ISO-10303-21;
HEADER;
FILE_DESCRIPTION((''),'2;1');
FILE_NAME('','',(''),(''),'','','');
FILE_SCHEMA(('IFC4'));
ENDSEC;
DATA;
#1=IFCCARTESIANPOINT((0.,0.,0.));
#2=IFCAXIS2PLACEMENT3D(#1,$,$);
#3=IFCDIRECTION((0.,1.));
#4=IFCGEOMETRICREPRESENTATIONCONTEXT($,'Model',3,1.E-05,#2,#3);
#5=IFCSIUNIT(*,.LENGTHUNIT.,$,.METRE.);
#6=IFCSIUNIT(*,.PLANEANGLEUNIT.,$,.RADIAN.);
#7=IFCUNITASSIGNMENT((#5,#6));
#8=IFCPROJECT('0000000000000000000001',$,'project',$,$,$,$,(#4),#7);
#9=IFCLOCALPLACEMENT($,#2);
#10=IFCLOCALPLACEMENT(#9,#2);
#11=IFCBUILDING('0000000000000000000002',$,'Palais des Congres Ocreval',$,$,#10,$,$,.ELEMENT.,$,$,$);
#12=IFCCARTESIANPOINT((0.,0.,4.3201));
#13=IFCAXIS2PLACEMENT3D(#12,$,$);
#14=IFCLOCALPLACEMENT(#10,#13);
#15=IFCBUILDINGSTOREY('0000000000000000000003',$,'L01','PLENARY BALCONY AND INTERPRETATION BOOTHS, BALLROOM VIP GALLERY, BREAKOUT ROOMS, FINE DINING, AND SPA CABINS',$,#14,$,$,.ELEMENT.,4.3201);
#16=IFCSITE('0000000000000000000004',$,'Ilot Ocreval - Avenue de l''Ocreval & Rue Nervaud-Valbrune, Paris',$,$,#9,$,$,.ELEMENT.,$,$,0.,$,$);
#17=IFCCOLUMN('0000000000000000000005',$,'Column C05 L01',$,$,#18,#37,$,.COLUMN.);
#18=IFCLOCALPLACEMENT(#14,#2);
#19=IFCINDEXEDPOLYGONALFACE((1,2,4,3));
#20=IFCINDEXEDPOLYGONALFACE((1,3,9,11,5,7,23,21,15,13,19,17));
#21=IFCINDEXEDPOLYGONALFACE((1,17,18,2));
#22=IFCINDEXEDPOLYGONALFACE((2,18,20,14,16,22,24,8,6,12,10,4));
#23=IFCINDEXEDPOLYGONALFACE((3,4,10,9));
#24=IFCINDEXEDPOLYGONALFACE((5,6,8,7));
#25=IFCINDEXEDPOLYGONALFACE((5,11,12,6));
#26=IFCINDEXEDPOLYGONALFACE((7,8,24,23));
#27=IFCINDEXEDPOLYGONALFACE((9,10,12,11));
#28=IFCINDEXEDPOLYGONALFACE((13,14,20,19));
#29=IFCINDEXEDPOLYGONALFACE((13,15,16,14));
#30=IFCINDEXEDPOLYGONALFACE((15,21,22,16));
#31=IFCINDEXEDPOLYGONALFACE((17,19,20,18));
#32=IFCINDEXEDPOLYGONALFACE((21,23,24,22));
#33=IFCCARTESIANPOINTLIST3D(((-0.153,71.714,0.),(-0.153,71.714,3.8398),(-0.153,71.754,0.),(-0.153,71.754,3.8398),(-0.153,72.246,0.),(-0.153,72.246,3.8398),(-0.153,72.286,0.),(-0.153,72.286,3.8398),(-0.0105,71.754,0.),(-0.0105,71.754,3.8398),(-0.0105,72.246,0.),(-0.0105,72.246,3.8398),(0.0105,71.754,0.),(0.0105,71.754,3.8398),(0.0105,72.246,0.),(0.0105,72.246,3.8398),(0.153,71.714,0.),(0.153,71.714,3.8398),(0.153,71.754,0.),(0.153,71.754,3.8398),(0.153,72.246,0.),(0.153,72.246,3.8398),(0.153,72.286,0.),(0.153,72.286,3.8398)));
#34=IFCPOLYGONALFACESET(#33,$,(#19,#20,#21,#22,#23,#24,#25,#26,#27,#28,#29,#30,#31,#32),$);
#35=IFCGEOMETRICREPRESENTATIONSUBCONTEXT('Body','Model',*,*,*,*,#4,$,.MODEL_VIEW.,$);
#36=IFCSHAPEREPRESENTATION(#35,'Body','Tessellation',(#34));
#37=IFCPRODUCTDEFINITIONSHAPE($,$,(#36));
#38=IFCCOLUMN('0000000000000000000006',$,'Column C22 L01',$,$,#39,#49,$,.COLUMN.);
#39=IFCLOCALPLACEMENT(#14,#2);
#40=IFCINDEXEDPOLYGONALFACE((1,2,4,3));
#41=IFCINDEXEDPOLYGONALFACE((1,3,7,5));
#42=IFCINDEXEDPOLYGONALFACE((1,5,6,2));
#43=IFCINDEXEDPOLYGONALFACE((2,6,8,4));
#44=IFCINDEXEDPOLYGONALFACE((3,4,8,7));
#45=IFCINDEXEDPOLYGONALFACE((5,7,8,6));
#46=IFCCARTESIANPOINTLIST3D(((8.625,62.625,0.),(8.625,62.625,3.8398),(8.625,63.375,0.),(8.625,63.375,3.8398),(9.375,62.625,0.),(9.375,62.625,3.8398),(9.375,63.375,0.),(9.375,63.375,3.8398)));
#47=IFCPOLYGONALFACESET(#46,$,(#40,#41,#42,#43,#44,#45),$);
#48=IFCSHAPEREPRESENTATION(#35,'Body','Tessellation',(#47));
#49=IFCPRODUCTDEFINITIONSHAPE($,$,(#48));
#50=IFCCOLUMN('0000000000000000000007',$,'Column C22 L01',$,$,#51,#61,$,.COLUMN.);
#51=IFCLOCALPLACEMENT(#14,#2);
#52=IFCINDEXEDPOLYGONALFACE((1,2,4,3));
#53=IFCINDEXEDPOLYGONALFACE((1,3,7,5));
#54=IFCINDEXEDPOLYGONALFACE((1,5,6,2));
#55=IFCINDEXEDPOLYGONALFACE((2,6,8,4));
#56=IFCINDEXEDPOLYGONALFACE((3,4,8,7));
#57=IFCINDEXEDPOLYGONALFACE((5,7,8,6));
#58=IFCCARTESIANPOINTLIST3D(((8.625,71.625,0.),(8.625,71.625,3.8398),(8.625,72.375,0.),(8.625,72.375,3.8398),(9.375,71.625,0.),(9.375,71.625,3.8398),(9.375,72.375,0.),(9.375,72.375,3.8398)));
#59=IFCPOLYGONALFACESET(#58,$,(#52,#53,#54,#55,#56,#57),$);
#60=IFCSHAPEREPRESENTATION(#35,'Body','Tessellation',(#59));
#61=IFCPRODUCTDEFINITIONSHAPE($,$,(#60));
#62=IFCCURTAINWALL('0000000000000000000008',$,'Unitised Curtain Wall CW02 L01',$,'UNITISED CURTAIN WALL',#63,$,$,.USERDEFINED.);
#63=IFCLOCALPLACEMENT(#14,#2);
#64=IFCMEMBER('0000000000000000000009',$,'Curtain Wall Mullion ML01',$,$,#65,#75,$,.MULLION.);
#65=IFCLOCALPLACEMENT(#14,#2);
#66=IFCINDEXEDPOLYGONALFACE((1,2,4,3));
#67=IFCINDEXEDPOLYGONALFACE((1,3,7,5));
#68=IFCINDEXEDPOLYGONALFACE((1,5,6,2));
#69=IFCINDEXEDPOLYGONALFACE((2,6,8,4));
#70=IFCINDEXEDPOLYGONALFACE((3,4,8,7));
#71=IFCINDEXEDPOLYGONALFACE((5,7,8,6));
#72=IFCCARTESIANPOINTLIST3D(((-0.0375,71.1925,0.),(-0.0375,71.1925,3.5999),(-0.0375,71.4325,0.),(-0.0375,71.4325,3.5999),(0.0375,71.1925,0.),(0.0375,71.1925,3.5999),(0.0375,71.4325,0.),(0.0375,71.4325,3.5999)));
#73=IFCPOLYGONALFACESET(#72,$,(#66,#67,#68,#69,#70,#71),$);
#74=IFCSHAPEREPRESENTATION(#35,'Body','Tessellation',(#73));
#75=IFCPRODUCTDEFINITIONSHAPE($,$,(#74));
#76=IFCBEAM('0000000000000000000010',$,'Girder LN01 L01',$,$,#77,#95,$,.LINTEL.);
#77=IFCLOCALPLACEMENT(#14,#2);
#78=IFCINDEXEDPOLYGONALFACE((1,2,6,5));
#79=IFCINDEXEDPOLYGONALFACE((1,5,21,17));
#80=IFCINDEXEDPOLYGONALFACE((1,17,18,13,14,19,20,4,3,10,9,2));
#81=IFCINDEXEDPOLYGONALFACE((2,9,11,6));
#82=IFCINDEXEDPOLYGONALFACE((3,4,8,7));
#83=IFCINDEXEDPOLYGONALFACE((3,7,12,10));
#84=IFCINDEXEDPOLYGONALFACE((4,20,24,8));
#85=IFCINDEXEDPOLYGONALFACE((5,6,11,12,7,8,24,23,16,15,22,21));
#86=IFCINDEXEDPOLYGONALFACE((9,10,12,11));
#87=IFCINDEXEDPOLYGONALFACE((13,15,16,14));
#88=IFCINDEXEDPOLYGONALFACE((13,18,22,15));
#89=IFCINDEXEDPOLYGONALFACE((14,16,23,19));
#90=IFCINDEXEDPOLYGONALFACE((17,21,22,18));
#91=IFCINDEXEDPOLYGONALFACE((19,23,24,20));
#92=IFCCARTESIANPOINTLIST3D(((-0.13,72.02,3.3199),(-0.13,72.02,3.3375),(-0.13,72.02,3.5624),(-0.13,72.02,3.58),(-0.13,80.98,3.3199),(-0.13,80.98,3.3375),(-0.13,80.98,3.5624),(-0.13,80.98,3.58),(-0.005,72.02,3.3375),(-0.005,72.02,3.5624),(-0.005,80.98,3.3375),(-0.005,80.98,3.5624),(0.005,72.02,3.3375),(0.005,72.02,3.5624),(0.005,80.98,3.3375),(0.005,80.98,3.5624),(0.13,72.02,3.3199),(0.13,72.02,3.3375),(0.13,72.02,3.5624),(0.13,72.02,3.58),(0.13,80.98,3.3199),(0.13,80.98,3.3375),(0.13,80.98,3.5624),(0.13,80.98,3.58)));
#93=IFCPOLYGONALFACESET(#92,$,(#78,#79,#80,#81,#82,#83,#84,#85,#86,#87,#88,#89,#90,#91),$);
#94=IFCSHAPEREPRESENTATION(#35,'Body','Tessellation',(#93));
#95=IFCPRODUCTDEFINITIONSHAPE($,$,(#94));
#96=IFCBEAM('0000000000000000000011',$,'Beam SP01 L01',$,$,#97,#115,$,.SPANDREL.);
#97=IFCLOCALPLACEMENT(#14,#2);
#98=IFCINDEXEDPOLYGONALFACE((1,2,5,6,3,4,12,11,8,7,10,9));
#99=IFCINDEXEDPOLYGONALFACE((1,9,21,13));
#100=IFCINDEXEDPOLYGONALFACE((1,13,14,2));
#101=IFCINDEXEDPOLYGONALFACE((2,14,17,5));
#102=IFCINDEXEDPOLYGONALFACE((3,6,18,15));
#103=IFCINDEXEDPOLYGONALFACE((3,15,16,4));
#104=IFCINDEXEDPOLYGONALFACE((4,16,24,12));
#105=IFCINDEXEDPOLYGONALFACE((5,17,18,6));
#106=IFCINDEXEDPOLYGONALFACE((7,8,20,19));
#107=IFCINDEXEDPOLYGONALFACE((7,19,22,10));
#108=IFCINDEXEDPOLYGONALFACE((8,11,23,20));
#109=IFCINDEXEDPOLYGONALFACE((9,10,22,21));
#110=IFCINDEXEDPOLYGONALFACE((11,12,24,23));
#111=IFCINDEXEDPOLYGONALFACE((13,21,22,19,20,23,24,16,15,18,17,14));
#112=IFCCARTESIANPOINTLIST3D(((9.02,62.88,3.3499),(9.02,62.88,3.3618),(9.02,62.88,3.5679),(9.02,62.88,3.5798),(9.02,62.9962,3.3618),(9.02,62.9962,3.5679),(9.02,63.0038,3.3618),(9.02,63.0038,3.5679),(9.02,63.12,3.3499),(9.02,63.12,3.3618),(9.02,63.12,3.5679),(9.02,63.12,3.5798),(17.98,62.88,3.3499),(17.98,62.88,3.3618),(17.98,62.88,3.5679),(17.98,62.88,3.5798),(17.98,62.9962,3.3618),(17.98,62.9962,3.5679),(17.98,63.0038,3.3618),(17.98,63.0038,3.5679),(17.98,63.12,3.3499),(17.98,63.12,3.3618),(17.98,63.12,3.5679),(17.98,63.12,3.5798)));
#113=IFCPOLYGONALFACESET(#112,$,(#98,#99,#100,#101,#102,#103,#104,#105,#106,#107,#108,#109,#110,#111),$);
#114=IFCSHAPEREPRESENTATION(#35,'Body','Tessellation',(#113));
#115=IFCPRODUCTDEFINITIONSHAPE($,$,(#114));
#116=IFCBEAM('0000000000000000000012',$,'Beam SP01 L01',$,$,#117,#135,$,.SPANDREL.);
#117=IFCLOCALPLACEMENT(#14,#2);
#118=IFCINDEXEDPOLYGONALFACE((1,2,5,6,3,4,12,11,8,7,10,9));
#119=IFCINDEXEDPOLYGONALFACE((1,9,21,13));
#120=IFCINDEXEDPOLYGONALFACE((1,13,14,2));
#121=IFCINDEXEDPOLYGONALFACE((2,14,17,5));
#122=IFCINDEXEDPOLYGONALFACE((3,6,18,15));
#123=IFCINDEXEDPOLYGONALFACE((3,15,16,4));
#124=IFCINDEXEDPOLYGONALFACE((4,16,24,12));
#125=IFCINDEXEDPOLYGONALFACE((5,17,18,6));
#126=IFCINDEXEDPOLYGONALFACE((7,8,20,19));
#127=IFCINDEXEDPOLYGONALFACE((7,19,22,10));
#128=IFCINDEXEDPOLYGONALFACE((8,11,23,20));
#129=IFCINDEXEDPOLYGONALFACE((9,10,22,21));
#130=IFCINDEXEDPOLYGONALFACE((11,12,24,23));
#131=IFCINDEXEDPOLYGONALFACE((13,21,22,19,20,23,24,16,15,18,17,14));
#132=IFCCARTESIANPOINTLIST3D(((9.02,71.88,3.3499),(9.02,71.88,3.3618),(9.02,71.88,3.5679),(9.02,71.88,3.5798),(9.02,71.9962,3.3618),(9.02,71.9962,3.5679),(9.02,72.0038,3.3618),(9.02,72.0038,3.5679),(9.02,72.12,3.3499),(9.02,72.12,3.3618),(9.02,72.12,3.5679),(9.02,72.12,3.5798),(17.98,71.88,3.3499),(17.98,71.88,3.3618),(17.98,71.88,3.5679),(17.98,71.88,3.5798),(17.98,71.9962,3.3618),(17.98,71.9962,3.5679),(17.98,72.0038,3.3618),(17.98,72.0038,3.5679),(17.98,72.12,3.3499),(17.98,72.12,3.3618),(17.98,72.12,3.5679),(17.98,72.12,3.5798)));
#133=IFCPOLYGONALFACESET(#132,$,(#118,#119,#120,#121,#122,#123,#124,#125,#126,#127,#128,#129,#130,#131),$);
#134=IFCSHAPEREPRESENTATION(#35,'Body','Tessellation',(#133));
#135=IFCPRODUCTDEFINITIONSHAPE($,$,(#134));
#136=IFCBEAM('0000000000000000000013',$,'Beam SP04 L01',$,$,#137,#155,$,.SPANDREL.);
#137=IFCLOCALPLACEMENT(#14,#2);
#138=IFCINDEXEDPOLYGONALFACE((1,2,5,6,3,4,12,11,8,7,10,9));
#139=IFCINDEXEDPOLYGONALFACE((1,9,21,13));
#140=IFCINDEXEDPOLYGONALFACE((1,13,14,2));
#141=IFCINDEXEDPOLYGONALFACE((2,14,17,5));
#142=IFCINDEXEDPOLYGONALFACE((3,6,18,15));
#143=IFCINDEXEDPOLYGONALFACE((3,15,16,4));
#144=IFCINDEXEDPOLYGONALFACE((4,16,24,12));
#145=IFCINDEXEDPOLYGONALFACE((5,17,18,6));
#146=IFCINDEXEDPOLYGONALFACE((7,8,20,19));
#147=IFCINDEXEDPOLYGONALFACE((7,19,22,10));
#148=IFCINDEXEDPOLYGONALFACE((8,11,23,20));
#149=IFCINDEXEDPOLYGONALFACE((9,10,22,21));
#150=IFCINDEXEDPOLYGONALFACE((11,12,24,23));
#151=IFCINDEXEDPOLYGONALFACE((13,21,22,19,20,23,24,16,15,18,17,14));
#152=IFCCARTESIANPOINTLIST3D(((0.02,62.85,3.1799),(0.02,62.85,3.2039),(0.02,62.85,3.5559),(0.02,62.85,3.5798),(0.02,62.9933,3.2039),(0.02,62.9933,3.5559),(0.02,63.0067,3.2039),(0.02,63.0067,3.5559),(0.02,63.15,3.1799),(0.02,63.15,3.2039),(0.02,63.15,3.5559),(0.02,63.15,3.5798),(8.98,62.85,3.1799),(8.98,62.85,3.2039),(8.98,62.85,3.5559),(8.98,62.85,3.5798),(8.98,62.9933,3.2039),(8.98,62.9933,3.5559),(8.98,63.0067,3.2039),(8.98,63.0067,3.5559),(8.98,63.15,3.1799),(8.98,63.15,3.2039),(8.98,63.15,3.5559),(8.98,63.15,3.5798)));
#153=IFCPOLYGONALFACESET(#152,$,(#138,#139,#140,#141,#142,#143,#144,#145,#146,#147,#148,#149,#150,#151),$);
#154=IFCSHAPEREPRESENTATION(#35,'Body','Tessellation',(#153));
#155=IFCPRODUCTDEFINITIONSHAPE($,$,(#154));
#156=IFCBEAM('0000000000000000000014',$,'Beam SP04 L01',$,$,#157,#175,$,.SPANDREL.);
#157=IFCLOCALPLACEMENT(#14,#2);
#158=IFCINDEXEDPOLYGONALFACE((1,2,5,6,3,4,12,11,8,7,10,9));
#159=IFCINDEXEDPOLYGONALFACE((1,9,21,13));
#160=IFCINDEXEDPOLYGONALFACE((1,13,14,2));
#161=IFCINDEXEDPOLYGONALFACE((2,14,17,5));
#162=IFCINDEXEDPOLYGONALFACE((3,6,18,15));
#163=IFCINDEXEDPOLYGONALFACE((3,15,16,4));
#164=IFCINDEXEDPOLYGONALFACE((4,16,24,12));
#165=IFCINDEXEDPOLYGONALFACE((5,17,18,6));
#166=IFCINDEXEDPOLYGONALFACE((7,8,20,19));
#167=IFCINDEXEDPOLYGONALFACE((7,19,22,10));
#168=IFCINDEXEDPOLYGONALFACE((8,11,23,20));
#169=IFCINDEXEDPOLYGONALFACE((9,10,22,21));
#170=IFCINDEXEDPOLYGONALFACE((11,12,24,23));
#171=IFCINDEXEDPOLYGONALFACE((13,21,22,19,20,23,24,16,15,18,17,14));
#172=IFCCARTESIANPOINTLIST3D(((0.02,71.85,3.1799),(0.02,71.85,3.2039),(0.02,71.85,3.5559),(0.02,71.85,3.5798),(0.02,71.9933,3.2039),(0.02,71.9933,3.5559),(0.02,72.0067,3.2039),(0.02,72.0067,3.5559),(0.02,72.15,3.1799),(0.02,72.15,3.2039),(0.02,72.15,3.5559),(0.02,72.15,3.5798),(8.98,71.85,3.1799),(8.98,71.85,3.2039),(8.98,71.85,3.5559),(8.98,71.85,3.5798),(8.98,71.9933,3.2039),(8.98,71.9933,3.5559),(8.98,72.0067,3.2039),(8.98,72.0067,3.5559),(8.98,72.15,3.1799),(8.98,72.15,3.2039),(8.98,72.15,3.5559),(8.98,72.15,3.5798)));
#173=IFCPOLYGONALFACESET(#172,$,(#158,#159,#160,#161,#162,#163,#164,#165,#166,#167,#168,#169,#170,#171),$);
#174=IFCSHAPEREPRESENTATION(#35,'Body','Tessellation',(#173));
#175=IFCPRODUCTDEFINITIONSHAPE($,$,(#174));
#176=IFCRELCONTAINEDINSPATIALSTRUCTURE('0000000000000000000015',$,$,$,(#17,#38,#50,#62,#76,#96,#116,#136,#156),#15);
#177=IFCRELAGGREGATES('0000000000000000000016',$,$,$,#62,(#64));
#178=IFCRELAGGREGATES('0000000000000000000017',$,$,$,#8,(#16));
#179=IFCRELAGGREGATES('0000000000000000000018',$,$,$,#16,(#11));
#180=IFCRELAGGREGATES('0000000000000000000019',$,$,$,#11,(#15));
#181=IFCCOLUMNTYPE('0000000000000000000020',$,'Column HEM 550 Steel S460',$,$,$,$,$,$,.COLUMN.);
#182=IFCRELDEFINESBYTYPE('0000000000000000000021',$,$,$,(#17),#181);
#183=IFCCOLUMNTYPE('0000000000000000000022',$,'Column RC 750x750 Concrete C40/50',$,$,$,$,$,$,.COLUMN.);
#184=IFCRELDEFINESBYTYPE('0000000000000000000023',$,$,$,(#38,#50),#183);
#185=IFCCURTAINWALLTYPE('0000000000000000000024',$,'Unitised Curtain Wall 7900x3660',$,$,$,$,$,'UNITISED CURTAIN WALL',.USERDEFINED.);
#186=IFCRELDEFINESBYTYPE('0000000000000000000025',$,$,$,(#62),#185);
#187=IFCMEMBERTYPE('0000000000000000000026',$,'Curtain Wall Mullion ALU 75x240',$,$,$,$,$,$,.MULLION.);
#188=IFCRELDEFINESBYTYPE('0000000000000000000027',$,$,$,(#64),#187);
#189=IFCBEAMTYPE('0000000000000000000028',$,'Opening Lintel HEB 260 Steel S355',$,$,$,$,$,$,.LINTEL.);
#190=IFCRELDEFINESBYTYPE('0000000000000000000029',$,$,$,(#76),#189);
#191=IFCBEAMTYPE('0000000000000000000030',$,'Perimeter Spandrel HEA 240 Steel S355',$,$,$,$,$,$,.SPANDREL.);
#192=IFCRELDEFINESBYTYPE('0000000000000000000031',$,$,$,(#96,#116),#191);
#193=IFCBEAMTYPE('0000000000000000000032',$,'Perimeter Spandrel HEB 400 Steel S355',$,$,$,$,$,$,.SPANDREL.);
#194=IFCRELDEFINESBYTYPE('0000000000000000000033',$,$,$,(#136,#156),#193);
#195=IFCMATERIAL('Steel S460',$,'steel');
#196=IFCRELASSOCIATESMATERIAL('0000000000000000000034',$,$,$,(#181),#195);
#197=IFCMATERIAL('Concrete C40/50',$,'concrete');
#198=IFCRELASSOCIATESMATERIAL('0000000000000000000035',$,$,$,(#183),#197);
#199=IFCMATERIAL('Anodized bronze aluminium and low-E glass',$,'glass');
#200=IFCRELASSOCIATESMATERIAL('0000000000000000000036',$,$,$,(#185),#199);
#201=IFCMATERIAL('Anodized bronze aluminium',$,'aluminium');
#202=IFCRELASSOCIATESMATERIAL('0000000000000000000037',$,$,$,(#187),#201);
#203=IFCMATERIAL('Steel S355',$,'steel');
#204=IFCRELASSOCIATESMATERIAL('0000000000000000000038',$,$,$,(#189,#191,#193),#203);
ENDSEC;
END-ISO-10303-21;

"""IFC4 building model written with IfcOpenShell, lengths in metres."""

from ifc_helpers import new_model, si_unit, direction, frame, origin, origin_2d, place, context, subcontext, project, spatial, rectangle, i_section, extrude, material, material_profile, profile_set, type_object, element, aggregate, save


model = new_model("IFC4")

# Units and contexts
model_context = context("Model", 3, precision=1e-05, world=origin(), true_north=direction((0.0, 1.0)))
body_context = subcontext(model_context, "Body", "Model", "MODEL_VIEW")
ifc_project = project(units=[si_unit("LENGTHUNIT", "METRE"), si_unit("PLANEANGLEUNIT", "RADIAN")], contexts=[model_context])

# Site, building, storey
site_placement = place(None, origin())
site = spatial("IfcSite", under=ifc_project, at=site_placement, Name="Ilot Ocreval - Avenue de l'Ocreval & Rue Nervaud-Valbrune, Paris", CompositionType="ELEMENT", RefElevation=0.0)
building_placement = place(site_placement, origin())
building = spatial("IfcBuilding", under=site, at=building_placement, Name="Palais des Congres Ocreval", CompositionType="ELEMENT")
storey_placement = place(building_placement, frame((0.0, 0.0, 4.3201)))
storey = spatial("IfcBuildingStorey", under=building, at=storey_placement, Name="L01", Description="PLENARY BALCONY AND INTERPRETATION BOOTHS, BALLROOM VIP GALLERY, BREAKOUT ROOMS, FINE DINING, AND SPA CABINS", CompositionType="ELEMENT", Elevation=4.3201)

# Columns
ifc_material_1 = material(Name="Steel S460", Category="steel")
ifc_material_profile_1 = material_profile(ifc_material_1, i_section(OverallWidth=0.3059, OverallDepth=0.572, WebThickness=0.021, FlangeThickness=0.04, at=origin_2d()), Name="HEM 550")
ifc_profile_set_1 = profile_set([ifc_material_profile_1], Name="Steel S460")
column_type_1 = type_object("IfcColumnType", Name="Column HEM 550 Steel S460", PredefinedType="COLUMN", material=ifc_profile_set_1)
column_placement = place(storey_placement, frame((0.0, 72.0, 0.0), z_axis=(0.0, 0.0, 1.0), x_axis=(1.0, 0.0, 0.0)))
element("IfcColumn", 1, at=column_placement, inside=storey, type_object=column_type_1, Name="Column C05 L01", PredefinedType="COLUMN", context=body_context, shape_type="SweptSolid", body=[
    extrude(i_section(OverallWidth=0.3059, OverallDepth=0.572, WebThickness=0.021, FlangeThickness=0.04, at=origin_2d()), origin(), (0.0, 0.0, 1.0), 3.8398),
])
ifc_material_2 = material(Name="Concrete C40/50", Category="concrete")
ifc_material_profile_2 = material_profile(ifc_material_2, rectangle(XDim=0.75, YDim=0.75, at=origin_2d()), Name="RC 750x750")
ifc_profile_set_2 = profile_set([ifc_material_profile_2], Name="Concrete C40/50")
column_type_2 = type_object("IfcColumnType", Name="Column RC 750x750 Concrete C40/50", PredefinedType="COLUMN", material=ifc_profile_set_2)
for number, where, z_axis, x_axis, name in (
    (2, (9.0, 63.0, 0.0), (0.0, 0.0, 1.0), (1.0, 0.0, 0.0), "Column C22 L01"),
    (3, (9.0, 72.0, 0.0), (0.0, 0.0, 1.0), (1.0, 0.0, 0.0), "Column C22 L01"),
):
    element("IfcColumn", number, at=place(storey_placement, frame(where, z_axis=z_axis, x_axis=x_axis)), inside=storey, type_object=column_type_2, Name=name, PredefinedType="COLUMN", context=body_context, shape_type="SweptSolid", body=[
        extrude(rectangle(XDim=0.75, YDim=0.75, at=origin_2d()), origin(), (0.0, 0.0, 1.0), 3.8398),
    ])

# Curtain wall, member
ifc_material_3 = material(Name="Anodized bronze aluminium and low-E glass", Category="glass")
curtain_wall_type = type_object("IfcCurtainWallType", Name="Unitised Curtain Wall 7900x3660", ElementType="UNITISED CURTAIN WALL", PredefinedType="USERDEFINED", material=ifc_material_3)
curtain_wall_1_placement = place(storey_placement, origin())
curtain_wall_1 = element("IfcCurtainWall", 4, at=curtain_wall_1_placement, inside=storey, type_object=curtain_wall_type, Name="Unitised Curtain Wall CW02 L01", ObjectType="UNITISED CURTAIN WALL", PredefinedType="USERDEFINED")
ifc_material_4 = material(Name="Anodized bronze aluminium", Category="aluminium")
ifc_material_profile_3 = material_profile(ifc_material_4, rectangle(XDim=0.075, YDim=0.24, at=origin_2d()), Name="ALU 75x240")
ifc_profile_set_3 = profile_set([ifc_material_profile_3], Name="Anodized bronze aluminium")
member_type = type_object("IfcMemberType", Name="Curtain Wall Mullion ALU 75x240", PredefinedType="MULLION", material=ifc_profile_set_3)
member_placement = place(storey_placement, frame((0.0, 71.3125, 0.0), z_axis=(0.0, 0.0, 1.0), x_axis=(-1.0, 0.0, 0.0)))
member = element("IfcMember", 5, at=member_placement, type_object=member_type, Name="Curtain Wall Mullion ML01", PredefinedType="MULLION", context=body_context, shape_type="SweptSolid", body=[
    extrude(rectangle(XDim=0.075, YDim=0.24, at=origin_2d()), origin(), (0.0, 0.0, 1.0), 3.5999),
])

# Beams
ifc_material_5 = material(Name="Steel S355", Category="steel")
ifc_material_profile_4 = material_profile(ifc_material_5, i_section(OverallWidth=0.26, OverallDepth=0.26, WebThickness=0.01, FlangeThickness=0.0176, at=origin_2d()), Name="HEB 260")
ifc_profile_set_4 = profile_set([ifc_material_profile_4], Name="Steel S355")
beam_type_1 = type_object("IfcBeamType", Name="Opening Lintel HEB 260 Steel S355", PredefinedType="LINTEL", material=ifc_profile_set_4)
beam_1_placement = place(storey_placement, frame((0.0, 72.02, 3.45), z_axis=(0.0, 1.0, 0.0), x_axis=(-1.0, 0.0, 0.0)))
element("IfcBeam", 6, at=beam_1_placement, inside=storey, type_object=beam_type_1, Name="Girder LN01 L01", PredefinedType="LINTEL", context=body_context, shape_type="SweptSolid", body=[
    extrude(i_section(OverallWidth=0.26, OverallDepth=0.26, WebThickness=0.01, FlangeThickness=0.0176, at=origin_2d()), origin(), (0.0, 0.0, 1.0), 8.96),
])
ifc_material_profile_5 = material_profile(ifc_material_5, i_section(OverallWidth=0.24, OverallDepth=0.23, WebThickness=0.0076, FlangeThickness=0.012, at=origin_2d()), Name="HEA 240")
ifc_profile_set_5 = profile_set([ifc_material_profile_5], Name="Steel S355")
beam_type_2 = type_object("IfcBeamType", Name="Perimeter Spandrel HEA 240 Steel S355", PredefinedType="SPANDREL", material=ifc_profile_set_5)
for number, where, z_axis, x_axis, name in (
    (7, (9.02, 63.0, 3.4648), (1.0, 0.0, 0.0), (0.0, 1.0, 0.0), "Beam SP01 L01"),
    (8, (9.02, 72.0, 3.4648), (1.0, 0.0, 0.0), (0.0, 1.0, 0.0), "Beam SP01 L01"),
):
    element("IfcBeam", number, at=place(storey_placement, frame(where, z_axis=z_axis, x_axis=x_axis)), inside=storey, type_object=beam_type_2, Name=name, PredefinedType="SPANDREL", context=body_context, shape_type="SweptSolid", body=[
        extrude(i_section(OverallWidth=0.24, OverallDepth=0.23, WebThickness=0.0076, FlangeThickness=0.012, at=origin_2d()), origin(), (0.0, 0.0, 1.0), 8.96),
    ])
ifc_material_profile_6 = material_profile(ifc_material_5, i_section(OverallWidth=0.3, OverallDepth=0.3999, WebThickness=0.0134, FlangeThickness=0.0239, at=origin_2d()), Name="HEB 400")
ifc_profile_set_6 = profile_set([ifc_material_profile_6], Name="Steel S355")
beam_type_3 = type_object("IfcBeamType", Name="Perimeter Spandrel HEB 400 Steel S355", PredefinedType="SPANDREL", material=ifc_profile_set_6)
for number, where, z_axis, x_axis, name in (
    (9, (0.02, 63.0, 3.3799), (1.0, 0.0, 0.0), (0.0, 1.0, 0.0), "Beam SP04 L01"),
    (10, (0.02, 72.0, 3.3799), (1.0, 0.0, 0.0), (0.0, 1.0, 0.0), "Beam SP04 L01"),
):
    element("IfcBeam", number, at=place(storey_placement, frame(where, z_axis=z_axis, x_axis=x_axis)), inside=storey, type_object=beam_type_3, Name=name, PredefinedType="SPANDREL", context=body_context, shape_type="SweptSolid", body=[
        extrude(i_section(OverallWidth=0.3, OverallDepth=0.3999, WebThickness=0.0134, FlangeThickness=0.0239, at=origin_2d()), origin(), (0.0, 0.0, 1.0), 8.96),
    ])

aggregate(curtain_wall_1, [member])

save(model, "model.ifc")
